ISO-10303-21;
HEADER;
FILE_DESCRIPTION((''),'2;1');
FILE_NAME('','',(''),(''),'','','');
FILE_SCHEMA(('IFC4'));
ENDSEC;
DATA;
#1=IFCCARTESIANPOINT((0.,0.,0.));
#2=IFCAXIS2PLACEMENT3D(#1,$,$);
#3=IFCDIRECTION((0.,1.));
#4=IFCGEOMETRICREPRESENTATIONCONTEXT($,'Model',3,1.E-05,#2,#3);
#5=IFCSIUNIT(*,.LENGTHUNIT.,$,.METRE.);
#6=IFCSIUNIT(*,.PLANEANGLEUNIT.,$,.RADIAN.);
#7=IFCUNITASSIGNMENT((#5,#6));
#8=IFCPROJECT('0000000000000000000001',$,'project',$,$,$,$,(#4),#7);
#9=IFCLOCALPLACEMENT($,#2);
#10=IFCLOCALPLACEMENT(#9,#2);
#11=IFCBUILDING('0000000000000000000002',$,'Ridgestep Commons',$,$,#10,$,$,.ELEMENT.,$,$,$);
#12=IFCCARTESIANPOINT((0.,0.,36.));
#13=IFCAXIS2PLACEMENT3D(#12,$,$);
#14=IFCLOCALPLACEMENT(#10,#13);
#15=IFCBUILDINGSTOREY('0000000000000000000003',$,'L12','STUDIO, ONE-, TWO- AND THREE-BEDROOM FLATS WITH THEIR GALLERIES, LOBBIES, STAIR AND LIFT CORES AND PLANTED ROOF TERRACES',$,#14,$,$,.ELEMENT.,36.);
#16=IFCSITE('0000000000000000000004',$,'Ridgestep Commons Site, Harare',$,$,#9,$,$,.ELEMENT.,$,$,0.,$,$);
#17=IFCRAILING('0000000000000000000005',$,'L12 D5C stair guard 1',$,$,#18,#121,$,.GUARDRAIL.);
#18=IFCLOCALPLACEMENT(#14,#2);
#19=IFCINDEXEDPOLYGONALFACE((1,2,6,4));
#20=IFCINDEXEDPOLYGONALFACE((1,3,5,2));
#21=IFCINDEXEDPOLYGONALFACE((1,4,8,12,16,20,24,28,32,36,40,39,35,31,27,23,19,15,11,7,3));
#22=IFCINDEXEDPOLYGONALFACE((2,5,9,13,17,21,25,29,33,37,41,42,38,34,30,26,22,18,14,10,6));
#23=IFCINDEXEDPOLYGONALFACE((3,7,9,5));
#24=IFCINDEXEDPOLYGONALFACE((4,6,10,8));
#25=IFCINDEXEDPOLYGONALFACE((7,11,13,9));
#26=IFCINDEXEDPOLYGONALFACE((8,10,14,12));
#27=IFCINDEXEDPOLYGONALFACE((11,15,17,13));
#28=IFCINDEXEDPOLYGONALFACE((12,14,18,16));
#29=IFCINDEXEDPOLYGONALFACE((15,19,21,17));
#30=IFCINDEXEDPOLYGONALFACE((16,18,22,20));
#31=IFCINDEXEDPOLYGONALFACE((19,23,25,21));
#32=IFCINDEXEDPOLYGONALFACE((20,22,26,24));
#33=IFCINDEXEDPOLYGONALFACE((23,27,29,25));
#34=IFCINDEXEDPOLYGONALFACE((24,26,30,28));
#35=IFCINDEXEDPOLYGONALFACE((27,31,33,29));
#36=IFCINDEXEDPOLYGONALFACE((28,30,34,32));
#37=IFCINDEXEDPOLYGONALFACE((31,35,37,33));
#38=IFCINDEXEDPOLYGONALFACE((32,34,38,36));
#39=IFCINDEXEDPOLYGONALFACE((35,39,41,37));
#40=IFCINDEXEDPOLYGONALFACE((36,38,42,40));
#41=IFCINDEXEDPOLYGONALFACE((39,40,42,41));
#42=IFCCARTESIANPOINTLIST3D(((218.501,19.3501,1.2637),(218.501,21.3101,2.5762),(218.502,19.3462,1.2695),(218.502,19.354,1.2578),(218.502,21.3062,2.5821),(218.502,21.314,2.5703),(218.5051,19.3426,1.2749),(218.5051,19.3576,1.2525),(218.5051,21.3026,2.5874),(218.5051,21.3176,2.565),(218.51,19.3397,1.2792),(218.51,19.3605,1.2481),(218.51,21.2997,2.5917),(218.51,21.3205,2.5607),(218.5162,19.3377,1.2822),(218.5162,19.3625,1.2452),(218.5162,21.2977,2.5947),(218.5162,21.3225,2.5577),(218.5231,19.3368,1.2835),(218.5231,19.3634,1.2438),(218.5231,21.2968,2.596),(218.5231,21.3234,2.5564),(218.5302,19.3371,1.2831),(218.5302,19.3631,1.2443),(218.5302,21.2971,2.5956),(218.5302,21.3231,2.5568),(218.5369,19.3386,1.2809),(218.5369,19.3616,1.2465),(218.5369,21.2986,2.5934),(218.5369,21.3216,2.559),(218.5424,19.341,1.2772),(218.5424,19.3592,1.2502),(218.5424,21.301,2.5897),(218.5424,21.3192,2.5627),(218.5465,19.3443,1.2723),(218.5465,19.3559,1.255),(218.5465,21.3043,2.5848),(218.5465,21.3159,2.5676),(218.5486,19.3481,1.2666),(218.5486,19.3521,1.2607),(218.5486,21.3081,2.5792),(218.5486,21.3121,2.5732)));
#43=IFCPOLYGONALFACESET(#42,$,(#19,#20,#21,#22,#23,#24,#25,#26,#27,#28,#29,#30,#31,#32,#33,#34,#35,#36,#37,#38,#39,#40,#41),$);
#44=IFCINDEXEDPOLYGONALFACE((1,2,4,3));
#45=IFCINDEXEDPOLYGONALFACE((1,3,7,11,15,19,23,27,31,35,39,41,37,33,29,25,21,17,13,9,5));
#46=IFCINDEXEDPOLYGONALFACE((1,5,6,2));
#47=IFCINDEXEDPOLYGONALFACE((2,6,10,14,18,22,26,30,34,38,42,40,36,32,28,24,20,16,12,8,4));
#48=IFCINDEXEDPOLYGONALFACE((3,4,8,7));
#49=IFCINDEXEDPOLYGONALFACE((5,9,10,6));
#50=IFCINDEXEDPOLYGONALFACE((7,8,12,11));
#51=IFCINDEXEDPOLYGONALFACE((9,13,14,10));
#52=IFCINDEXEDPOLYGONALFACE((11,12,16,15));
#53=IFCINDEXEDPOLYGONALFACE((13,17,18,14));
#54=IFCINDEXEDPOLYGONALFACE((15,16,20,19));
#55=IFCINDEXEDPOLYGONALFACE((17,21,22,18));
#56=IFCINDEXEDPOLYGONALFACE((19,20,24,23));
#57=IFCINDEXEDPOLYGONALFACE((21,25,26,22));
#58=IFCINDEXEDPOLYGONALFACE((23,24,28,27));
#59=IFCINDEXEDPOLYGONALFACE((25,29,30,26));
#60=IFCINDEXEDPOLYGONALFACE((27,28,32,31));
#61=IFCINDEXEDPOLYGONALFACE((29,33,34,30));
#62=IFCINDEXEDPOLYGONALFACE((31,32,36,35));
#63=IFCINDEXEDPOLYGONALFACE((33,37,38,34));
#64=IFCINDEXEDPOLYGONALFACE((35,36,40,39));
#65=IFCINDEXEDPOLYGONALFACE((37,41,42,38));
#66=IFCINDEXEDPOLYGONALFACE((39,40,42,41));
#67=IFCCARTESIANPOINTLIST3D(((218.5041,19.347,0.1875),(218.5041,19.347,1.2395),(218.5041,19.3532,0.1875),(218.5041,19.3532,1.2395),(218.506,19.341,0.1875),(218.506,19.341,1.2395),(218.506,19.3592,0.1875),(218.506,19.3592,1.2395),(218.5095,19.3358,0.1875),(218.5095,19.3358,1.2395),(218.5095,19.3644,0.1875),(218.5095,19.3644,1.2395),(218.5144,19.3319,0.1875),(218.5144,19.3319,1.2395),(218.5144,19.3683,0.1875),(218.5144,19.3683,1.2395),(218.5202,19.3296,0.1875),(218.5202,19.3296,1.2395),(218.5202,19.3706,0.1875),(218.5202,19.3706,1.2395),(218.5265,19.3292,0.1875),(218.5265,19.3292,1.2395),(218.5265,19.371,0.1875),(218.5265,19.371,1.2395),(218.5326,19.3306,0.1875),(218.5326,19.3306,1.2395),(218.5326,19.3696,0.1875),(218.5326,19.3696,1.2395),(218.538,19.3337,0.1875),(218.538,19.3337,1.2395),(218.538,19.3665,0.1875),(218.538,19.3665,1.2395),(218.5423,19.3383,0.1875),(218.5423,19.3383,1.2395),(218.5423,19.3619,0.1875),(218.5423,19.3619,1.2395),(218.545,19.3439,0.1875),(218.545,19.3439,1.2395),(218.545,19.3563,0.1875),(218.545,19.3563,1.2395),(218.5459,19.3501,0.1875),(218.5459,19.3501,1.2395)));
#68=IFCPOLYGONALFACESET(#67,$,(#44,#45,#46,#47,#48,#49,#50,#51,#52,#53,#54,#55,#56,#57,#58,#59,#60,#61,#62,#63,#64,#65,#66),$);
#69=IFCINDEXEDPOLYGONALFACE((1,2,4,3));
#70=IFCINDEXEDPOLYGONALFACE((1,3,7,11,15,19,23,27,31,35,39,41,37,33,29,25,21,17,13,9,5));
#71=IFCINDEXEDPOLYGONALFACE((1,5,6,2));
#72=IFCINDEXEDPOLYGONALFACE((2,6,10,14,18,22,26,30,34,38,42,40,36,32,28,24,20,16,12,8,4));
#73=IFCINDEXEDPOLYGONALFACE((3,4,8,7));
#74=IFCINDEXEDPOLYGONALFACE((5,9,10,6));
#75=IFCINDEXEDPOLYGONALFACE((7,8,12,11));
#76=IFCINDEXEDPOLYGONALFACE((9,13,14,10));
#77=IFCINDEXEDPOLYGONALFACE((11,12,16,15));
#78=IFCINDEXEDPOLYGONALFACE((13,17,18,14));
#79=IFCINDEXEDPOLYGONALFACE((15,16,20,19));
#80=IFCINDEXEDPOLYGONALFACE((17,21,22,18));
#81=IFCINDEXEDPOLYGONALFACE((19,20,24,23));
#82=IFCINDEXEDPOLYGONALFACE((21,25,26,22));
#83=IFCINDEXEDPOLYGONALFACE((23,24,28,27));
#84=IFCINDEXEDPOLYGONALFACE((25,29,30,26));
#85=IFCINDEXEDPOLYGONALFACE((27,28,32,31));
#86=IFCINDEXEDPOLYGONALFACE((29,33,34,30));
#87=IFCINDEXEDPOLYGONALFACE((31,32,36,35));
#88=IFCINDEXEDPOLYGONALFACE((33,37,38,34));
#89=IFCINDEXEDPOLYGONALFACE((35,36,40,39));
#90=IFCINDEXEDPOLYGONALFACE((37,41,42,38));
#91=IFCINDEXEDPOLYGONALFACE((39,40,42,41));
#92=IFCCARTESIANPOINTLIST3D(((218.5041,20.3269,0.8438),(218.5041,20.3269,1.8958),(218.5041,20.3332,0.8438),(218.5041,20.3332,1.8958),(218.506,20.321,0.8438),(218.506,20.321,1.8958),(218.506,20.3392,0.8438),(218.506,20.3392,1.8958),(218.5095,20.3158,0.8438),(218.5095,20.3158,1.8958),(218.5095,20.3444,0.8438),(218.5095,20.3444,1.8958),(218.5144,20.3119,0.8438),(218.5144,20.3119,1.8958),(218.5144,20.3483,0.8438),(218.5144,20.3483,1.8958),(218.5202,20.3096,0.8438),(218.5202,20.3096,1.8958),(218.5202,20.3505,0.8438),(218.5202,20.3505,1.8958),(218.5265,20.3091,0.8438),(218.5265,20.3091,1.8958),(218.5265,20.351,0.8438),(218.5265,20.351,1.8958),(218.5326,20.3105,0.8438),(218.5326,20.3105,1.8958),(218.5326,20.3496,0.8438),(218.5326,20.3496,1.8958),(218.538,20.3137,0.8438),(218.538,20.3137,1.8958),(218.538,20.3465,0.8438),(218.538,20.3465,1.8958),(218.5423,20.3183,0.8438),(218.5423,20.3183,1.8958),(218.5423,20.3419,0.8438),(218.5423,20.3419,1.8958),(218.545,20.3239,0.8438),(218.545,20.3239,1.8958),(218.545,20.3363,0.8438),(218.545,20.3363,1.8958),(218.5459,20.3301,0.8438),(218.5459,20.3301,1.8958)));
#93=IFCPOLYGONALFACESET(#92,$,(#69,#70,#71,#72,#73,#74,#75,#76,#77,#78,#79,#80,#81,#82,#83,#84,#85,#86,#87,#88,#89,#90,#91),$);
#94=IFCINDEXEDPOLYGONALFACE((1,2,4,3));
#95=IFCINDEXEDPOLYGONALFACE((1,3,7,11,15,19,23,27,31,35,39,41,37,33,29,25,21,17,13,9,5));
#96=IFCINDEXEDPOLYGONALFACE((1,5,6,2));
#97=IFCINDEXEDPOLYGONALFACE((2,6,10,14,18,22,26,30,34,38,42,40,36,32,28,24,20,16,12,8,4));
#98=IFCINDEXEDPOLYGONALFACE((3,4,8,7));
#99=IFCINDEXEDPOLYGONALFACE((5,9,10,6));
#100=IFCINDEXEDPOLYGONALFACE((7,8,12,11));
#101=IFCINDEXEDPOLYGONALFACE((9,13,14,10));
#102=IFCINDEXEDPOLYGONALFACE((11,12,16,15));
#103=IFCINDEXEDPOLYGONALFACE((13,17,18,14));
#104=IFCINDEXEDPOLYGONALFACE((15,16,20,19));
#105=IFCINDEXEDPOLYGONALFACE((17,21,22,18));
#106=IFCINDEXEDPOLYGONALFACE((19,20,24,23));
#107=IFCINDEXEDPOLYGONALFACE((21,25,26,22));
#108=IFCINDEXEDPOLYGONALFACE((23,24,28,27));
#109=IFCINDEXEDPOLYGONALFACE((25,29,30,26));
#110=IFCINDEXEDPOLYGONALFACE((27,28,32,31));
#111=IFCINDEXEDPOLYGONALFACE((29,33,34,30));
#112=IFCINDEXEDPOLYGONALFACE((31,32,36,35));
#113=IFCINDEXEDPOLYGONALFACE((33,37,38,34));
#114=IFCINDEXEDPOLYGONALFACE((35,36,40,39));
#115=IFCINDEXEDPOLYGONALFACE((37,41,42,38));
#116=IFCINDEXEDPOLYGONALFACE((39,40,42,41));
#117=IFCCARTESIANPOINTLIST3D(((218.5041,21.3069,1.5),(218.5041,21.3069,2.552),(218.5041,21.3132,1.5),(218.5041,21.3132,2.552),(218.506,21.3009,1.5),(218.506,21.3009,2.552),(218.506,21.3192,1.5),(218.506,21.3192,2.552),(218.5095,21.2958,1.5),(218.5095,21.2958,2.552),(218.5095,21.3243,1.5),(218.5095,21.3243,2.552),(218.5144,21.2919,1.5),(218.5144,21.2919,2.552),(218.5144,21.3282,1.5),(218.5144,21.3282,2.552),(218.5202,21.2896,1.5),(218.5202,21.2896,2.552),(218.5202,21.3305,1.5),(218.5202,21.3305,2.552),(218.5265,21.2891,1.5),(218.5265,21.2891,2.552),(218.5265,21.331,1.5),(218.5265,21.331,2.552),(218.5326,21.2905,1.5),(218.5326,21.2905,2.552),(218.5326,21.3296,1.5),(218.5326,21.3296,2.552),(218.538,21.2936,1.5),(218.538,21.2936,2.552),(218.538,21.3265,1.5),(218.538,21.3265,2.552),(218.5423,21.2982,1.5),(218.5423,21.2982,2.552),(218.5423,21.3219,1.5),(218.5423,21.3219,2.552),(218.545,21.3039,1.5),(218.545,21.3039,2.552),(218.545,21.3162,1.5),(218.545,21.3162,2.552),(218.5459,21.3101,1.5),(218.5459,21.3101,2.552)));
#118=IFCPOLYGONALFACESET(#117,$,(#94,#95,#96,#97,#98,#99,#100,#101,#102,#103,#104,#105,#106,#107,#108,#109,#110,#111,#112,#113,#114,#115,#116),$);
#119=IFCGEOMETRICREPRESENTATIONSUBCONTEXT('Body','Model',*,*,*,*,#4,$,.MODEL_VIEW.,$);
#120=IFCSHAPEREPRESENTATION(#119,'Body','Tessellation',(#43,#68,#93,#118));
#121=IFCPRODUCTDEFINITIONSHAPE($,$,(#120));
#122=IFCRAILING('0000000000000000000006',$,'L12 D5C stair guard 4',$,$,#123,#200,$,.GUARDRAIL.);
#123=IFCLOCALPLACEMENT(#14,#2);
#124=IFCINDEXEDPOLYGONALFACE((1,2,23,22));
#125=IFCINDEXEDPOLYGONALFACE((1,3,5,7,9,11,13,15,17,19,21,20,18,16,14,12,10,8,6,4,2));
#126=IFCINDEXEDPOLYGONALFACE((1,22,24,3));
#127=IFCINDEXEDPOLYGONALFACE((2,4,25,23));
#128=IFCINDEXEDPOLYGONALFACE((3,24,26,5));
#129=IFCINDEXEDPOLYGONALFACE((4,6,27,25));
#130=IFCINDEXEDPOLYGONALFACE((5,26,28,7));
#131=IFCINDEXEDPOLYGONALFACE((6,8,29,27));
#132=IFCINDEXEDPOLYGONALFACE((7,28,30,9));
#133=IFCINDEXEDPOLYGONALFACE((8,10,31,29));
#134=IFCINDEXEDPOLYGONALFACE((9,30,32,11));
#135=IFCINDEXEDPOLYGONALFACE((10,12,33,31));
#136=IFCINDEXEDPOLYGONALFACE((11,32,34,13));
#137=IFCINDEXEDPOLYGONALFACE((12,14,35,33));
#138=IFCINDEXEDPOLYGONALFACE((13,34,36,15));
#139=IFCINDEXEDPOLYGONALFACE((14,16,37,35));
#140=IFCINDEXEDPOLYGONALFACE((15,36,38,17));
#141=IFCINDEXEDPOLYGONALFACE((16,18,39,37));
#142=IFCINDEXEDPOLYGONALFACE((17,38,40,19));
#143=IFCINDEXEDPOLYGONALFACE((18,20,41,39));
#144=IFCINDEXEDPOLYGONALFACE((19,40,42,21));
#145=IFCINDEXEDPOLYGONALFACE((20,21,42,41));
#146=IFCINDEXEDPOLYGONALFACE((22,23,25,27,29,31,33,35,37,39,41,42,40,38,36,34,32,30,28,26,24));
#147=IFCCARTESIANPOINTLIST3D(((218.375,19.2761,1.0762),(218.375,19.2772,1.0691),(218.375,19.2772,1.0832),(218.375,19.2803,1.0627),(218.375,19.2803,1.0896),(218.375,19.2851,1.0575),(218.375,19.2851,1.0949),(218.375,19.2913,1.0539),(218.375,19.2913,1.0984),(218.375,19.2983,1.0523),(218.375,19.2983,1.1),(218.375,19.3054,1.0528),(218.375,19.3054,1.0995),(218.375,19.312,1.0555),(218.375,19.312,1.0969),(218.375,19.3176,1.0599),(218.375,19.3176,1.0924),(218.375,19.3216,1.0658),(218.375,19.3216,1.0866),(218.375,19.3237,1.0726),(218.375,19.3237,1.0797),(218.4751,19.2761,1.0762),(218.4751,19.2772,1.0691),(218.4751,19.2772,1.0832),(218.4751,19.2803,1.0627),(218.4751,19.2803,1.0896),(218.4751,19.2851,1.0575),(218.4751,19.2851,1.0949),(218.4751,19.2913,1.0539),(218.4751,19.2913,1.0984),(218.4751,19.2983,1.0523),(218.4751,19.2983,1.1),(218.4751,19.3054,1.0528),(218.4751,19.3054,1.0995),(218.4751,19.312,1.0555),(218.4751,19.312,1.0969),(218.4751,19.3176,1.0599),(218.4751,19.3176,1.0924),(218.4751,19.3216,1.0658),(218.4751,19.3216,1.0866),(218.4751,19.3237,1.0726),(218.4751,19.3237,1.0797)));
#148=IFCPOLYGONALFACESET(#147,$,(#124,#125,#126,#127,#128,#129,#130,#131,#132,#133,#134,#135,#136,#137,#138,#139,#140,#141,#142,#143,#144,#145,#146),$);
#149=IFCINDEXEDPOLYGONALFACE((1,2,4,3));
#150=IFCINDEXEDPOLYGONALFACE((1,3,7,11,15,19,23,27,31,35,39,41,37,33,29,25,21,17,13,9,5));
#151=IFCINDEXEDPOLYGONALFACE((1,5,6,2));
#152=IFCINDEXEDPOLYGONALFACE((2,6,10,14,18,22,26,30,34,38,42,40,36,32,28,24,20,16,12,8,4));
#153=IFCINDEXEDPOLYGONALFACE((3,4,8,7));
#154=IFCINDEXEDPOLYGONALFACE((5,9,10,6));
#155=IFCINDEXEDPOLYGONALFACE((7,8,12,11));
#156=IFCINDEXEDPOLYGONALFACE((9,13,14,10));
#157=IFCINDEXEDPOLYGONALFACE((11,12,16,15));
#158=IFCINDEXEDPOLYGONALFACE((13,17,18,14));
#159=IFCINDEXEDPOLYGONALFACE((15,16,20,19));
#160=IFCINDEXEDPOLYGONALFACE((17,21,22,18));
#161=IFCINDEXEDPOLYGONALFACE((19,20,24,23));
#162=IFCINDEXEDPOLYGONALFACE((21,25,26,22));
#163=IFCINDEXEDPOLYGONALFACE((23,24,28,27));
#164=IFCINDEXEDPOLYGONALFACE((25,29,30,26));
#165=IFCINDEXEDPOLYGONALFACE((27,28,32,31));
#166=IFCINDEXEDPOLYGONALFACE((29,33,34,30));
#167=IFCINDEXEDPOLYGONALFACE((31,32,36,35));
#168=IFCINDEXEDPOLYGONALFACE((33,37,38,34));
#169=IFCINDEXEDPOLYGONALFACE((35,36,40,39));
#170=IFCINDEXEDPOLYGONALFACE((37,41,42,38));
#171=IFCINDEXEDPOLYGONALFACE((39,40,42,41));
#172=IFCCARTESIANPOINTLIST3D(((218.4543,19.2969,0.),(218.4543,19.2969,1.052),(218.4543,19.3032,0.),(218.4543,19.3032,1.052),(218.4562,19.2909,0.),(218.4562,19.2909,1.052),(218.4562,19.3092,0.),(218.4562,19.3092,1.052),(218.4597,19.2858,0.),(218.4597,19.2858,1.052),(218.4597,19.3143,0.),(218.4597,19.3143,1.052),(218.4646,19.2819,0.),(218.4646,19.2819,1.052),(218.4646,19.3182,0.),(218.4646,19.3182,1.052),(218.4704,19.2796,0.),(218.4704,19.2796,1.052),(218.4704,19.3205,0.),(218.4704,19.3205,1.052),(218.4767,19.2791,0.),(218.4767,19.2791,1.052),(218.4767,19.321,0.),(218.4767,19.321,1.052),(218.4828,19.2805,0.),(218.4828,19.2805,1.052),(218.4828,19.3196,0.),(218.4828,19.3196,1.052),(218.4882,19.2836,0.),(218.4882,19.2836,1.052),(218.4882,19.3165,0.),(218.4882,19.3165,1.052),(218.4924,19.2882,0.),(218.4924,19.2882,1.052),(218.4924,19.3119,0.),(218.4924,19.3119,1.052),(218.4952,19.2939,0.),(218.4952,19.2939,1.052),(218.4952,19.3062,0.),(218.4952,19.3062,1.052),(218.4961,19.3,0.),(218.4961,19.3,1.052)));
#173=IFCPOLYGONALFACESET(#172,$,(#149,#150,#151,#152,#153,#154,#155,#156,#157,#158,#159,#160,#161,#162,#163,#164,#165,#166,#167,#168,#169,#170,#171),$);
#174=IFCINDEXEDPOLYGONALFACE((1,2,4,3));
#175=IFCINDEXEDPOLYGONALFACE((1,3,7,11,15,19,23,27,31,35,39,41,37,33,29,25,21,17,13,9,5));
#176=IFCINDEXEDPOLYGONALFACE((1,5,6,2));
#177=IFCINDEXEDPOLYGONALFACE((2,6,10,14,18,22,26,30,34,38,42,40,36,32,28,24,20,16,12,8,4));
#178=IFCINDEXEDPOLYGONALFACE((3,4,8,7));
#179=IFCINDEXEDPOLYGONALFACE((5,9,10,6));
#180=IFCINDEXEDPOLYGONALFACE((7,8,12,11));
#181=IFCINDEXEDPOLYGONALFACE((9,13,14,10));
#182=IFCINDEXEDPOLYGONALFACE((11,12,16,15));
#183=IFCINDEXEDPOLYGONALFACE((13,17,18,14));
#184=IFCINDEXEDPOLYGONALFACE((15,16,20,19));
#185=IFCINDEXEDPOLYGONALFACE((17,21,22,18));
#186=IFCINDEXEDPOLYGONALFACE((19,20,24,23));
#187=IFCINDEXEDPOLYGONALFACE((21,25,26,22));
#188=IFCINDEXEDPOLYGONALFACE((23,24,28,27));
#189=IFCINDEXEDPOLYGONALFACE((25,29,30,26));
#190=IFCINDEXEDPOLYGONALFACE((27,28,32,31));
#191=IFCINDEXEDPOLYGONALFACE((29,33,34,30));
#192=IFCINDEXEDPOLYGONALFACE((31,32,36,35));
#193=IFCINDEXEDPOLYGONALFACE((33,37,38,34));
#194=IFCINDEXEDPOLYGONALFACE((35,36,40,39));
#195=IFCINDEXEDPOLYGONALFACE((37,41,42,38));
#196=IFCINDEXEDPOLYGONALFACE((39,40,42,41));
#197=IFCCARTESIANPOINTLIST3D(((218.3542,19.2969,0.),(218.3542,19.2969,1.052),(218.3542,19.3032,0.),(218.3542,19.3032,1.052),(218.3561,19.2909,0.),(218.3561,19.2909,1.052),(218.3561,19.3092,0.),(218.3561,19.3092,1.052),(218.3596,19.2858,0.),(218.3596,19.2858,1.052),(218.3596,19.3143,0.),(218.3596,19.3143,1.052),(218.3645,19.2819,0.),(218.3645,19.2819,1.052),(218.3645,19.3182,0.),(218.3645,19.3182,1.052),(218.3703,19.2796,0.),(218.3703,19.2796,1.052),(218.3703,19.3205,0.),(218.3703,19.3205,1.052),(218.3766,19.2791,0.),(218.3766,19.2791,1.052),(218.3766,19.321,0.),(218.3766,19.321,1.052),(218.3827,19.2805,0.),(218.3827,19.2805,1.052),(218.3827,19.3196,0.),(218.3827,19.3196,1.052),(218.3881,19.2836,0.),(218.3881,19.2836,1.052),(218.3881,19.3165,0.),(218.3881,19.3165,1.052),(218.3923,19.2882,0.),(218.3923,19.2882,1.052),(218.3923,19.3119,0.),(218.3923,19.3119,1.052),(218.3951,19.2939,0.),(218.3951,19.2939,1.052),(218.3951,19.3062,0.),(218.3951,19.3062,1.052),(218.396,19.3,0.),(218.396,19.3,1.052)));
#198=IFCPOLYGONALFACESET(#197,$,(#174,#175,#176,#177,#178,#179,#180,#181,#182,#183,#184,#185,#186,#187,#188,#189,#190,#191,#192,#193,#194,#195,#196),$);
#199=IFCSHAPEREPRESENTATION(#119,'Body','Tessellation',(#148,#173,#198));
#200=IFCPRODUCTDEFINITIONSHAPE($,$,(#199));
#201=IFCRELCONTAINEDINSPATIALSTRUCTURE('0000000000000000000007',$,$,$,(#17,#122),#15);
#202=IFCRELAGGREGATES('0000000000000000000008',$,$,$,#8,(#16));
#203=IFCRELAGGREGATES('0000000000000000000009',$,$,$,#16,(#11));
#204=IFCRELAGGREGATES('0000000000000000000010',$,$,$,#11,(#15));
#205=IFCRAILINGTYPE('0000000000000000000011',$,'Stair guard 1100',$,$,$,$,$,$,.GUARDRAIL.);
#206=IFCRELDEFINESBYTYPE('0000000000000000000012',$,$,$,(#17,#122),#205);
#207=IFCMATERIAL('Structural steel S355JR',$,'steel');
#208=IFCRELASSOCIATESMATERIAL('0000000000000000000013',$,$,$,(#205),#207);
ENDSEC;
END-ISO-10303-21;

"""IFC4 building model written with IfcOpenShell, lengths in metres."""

from ifc_helpers import new_model, si_unit, direction, frame, origin, origin_2d, place, context, subcontext, project, spatial, circle, extrude, material, type_object, element, save


model = new_model("IFC4")

# Units and contexts
model_context = context("Model", 3, precision=1e-05, world=origin(), true_north=direction((0.0, 1.0)))
body_context = subcontext(model_context, "Body", "Model", "MODEL_VIEW")
ifc_project = project(units=[si_unit("LENGTHUNIT", "METRE"), si_unit("PLANEANGLEUNIT", "RADIAN")], contexts=[model_context])

# Site, building, storey
site_placement = place(None, origin())
site = spatial("IfcSite", under=ifc_project, at=site_placement, Name="Ridgestep Commons Site, Harare", CompositionType="ELEMENT", RefElevation=0.0)
building_placement = place(site_placement, origin())
building = spatial("IfcBuilding", under=site, at=building_placement, Name="Ridgestep Commons", CompositionType="ELEMENT")
storey_placement = place(building_placement, frame((0.0, 0.0, 36.0)))
storey = spatial("IfcBuildingStorey", under=building, at=storey_placement, Name="L12", Description="STUDIO, ONE-, TWO- AND THREE-BEDROOM FLATS WITH THEIR GALLERIES, LOBBIES, STAIR AND LIFT CORES AND PLANTED ROOF TERRACES", CompositionType="ELEMENT", Elevation=36.0)

# Railings
ifc_material_1 = material(Name="Structural steel S355JR", Category="steel")
railing_type_1 = type_object("IfcRailingType", Name="Stair guard 1100", PredefinedType="GUARDRAIL", material=ifc_material_1)
railing_1_placement = place(storey_placement, frame((218.5249, 19.3501, 0.1875)))
element("IfcRailing", 1, at=railing_1_placement, inside=storey, type_object=railing_type_1, Name="L12 D5C stair guard 1", PredefinedType="GUARDRAIL", context=body_context, shape_type="SweptSolid", body=[
    extrude(circle(Radius=0.0239, at=origin_2d()), frame((0.0, 0.0, 1.0762), z_axis=(0.0, 0.830902, 0.556419), x_axis=(-1.0, 0.0, 0.0)), (0.0, 0.0, 1.0), 2.3589),
    extrude(circle(Radius=0.021, at=origin_2d()), origin(), (0.0, 0.0, 1.0), 1.052),
    extrude(circle(Radius=0.021, at=origin_2d()), frame((0.0, 0.98, 0.6562)), (0.0, 0.0, 1.0), 1.052),
    extrude(circle(Radius=0.021, at=origin_2d()), frame((0.0, 1.96, 1.3125)), (0.0, 0.0, 1.0), 1.052),
])
railing_2_placement = place(storey_placement, frame((218.4751, 19.3, 0.0)))
element("IfcRailing", 2, at=railing_2_placement, inside=storey, type_object=railing_type_1, Name="L12 D5C stair guard 4", PredefinedType="GUARDRAIL", context=body_context, shape_type="SweptSolid", body=[
    extrude(circle(Radius=0.0239, at=origin_2d()), frame((0.0, 0.0, 1.0762), z_axis=(-1.0, 0.0, 0.0), x_axis=(0.0, -1.0, 0.0)), (0.0, 0.0, 1.0), 0.1001),
    extrude(circle(Radius=0.021, at=origin_2d()), origin(), (0.0, 0.0, 1.0), 1.052),
    extrude(circle(Radius=0.021, at=origin_2d()), frame((-0.1001, 0.0, 0.0)), (0.0, 0.0, 1.0), 1.052),
])

save(model, "model.ifc")
